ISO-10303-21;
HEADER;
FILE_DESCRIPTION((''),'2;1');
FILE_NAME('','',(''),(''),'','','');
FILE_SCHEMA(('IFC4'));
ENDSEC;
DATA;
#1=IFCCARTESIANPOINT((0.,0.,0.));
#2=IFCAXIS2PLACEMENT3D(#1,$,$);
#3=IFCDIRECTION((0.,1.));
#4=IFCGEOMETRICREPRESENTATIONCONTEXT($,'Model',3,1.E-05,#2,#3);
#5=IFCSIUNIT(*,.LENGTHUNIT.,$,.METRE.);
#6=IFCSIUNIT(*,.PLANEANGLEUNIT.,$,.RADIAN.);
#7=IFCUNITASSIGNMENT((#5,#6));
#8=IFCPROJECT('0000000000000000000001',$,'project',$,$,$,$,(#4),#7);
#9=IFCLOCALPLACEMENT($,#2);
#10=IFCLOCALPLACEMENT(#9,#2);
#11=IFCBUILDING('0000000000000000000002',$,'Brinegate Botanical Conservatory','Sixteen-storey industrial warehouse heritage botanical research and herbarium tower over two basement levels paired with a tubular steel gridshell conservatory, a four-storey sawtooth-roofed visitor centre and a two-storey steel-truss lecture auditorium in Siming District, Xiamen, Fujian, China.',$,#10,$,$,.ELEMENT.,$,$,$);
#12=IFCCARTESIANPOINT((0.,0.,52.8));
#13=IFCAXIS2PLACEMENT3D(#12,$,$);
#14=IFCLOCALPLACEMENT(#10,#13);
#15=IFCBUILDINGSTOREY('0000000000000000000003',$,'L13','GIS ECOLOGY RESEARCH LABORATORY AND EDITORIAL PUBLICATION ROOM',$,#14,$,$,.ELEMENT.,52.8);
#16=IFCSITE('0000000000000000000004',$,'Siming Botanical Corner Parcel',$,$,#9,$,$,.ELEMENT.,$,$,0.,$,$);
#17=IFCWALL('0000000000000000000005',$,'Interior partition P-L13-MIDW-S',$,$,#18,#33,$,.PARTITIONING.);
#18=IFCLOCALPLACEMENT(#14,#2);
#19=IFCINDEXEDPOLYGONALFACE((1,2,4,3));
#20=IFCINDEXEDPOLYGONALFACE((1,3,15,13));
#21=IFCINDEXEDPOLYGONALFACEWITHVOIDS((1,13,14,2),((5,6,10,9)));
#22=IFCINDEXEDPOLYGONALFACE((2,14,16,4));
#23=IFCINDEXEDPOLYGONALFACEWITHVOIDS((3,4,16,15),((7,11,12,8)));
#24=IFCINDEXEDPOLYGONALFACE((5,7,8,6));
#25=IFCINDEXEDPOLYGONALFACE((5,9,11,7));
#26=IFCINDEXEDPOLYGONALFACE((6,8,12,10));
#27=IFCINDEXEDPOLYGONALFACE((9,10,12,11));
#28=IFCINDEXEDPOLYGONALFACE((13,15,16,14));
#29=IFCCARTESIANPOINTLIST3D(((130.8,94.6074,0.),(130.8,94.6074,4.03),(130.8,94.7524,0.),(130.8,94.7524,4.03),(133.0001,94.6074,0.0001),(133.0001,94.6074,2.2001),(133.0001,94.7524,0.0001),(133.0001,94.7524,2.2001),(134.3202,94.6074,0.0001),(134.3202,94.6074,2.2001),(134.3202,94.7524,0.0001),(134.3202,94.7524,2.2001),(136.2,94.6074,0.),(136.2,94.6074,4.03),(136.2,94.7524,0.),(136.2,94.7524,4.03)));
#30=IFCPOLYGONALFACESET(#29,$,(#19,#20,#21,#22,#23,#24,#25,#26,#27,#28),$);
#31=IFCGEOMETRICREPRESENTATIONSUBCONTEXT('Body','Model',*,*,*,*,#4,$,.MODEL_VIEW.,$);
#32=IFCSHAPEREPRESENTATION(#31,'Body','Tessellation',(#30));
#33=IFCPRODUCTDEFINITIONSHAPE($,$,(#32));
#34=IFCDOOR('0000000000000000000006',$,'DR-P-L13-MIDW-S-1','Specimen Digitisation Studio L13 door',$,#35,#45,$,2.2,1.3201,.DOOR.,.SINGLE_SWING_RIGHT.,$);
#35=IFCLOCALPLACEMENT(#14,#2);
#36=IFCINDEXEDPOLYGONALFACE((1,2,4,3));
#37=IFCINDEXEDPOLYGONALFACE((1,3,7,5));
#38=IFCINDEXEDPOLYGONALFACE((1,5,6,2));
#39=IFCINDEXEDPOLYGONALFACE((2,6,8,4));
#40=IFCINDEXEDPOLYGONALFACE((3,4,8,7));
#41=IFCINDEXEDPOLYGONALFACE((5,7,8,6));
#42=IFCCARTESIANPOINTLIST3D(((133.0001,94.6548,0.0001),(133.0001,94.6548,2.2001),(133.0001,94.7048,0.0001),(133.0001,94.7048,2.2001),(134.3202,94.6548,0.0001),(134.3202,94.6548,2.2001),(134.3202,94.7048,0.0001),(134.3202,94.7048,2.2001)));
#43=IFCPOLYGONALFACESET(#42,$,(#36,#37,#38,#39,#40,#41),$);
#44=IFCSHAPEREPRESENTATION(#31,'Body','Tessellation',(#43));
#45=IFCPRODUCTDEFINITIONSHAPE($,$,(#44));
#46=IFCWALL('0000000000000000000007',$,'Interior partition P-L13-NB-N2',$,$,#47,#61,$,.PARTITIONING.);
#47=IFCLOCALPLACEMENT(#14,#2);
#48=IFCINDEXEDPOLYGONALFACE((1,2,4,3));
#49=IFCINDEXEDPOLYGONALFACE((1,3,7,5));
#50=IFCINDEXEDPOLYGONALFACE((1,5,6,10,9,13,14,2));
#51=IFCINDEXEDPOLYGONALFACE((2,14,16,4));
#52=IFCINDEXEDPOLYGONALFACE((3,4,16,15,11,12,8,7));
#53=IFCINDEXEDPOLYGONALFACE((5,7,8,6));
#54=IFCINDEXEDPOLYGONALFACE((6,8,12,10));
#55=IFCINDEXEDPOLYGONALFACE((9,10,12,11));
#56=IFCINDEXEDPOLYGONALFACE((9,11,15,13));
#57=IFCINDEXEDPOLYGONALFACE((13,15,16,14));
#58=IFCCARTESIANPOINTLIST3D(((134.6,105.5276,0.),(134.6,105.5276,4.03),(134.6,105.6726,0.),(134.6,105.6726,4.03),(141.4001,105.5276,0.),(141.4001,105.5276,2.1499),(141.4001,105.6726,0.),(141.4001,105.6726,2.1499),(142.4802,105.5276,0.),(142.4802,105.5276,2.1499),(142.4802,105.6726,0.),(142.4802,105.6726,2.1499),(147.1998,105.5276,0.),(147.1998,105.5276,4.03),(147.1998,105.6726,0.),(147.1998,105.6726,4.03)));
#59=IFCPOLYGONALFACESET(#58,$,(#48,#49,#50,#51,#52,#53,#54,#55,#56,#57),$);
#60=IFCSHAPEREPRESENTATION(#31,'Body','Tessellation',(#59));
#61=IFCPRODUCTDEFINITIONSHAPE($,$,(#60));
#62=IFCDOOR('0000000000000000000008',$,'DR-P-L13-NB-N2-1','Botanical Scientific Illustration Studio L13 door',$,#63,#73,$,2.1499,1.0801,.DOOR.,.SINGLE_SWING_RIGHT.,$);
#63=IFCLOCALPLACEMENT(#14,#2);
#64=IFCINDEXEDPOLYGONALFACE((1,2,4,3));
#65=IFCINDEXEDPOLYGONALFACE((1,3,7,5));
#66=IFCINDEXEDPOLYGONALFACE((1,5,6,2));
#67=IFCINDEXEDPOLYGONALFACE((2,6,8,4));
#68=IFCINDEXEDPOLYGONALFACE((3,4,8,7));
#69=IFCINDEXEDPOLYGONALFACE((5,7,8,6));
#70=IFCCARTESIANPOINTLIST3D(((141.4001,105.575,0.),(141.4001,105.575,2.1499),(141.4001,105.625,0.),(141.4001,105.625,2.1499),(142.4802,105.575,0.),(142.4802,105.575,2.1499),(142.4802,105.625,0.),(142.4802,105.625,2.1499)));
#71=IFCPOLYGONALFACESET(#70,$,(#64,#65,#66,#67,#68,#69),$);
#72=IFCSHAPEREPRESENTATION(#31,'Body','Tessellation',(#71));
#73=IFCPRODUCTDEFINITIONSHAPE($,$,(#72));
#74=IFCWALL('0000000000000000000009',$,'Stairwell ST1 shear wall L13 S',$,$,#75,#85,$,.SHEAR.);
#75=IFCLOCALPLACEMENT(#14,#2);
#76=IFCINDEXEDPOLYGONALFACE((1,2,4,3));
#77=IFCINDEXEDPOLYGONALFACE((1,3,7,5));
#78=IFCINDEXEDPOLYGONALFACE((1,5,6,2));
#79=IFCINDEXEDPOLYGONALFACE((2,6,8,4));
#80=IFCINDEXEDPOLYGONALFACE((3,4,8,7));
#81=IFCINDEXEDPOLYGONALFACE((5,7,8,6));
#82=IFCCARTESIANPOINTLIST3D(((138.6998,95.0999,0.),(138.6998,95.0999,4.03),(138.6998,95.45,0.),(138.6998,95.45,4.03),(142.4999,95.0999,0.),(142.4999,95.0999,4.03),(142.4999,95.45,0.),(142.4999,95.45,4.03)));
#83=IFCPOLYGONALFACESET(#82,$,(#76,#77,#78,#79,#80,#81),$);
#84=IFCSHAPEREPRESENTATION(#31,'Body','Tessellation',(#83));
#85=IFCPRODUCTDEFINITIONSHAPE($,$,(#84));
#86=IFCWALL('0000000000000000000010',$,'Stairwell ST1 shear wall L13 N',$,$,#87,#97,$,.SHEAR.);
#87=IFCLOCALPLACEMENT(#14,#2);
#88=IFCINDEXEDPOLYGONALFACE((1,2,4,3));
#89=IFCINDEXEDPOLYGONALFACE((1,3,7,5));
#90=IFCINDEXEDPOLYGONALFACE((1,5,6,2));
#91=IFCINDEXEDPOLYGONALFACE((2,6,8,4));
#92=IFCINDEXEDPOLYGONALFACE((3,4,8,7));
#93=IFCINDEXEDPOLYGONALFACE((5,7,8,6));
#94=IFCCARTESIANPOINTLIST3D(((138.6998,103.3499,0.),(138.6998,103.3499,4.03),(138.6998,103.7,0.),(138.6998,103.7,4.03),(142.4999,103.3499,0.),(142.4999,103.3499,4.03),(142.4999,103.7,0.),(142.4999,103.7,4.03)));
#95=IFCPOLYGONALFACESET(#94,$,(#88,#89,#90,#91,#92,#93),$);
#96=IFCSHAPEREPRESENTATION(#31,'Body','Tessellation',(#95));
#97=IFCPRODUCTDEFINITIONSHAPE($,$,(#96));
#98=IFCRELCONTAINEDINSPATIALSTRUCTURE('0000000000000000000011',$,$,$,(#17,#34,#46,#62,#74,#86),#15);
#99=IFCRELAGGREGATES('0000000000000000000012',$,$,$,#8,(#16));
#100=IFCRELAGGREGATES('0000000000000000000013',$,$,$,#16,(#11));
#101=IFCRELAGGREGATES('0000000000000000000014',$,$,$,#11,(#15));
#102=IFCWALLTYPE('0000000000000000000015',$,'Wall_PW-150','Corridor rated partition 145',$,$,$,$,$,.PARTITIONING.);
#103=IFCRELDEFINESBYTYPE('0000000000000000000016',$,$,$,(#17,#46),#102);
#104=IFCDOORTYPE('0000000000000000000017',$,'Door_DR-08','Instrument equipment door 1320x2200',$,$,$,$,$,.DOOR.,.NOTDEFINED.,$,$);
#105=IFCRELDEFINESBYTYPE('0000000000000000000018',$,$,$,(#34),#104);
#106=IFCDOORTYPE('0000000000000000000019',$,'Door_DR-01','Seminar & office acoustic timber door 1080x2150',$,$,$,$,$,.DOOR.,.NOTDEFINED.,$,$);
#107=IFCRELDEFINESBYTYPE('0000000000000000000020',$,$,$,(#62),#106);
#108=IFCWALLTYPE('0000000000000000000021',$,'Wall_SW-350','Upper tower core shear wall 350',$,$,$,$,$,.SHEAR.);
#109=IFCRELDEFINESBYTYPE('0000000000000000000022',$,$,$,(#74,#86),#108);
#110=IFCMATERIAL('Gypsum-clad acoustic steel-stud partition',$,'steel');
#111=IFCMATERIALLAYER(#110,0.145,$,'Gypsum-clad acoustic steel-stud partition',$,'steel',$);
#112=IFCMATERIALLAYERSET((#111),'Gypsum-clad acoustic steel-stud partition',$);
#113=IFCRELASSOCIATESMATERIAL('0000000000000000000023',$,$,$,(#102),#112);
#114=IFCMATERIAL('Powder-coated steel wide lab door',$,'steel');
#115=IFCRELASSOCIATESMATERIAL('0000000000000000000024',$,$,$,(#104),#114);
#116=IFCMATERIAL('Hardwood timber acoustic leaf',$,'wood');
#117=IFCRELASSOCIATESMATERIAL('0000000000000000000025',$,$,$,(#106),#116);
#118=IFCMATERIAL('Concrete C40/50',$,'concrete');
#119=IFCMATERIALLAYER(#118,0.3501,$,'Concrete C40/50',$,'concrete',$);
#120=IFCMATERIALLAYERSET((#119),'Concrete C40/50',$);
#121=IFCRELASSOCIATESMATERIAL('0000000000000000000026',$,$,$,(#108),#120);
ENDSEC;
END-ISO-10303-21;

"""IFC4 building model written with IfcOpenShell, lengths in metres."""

from ifc_helpers import new_model, si_unit, direction, frame, frame_2d, origin, place, context, subcontext, project, spatial, rectangle, extrude, material, layer, layer_set, type_object, element, fill, save


model = new_model("IFC4")

# Units and contexts
model_context = context("Model", 3, precision=1e-05, world=origin(), true_north=direction((0.0, 1.0)))
body_context = subcontext(model_context, "Body", "Model", "MODEL_VIEW")
ifc_project = project(units=[si_unit("LENGTHUNIT", "METRE"), si_unit("PLANEANGLEUNIT", "RADIAN")], contexts=[model_context])

# Site, building, storey
site_placement = place(None, origin())
site = spatial("IfcSite", under=ifc_project, at=site_placement, Name="Siming Botanical Corner Parcel", CompositionType="ELEMENT", RefElevation=0.0)
building_placement = place(site_placement, origin())
building = spatial("IfcBuilding", under=site, at=building_placement, Name="Brinegate Botanical Conservatory", Description="Sixteen-storey industrial warehouse heritage botanical research and herbarium tower over two basement levels paired with a tubular steel gridshell conservatory, a four-storey sawtooth-roofed visitor centre and a two-storey steel-truss lecture auditorium in Siming District, Xiamen, Fujian, China.", CompositionType="ELEMENT")
storey_placement = place(building_placement, frame((0.0, 0.0, 52.8)))
storey = spatial("IfcBuildingStorey", under=building, at=storey_placement, Name="L13", Description="GIS ECOLOGY RESEARCH LABORATORY AND EDITORIAL PUBLICATION ROOM", CompositionType="ELEMENT", Elevation=52.8)

# Shared definitions
ifc_material_1 = material(Name="Concrete C40/50", Category="concrete")

# Walls, openings, doors
ifc_material_2 = material(Name="Gypsum-clad acoustic steel-stud partition", Category="steel")
ifc_layer_1 = layer(ifc_material_2, 0.145, Name="Gypsum-clad acoustic steel-stud partition", Category="steel")
ifc_layer_set_1 = layer_set([ifc_layer_1], Name="Gypsum-clad acoustic steel-stud partition")
wall_type_1 = type_object("IfcWallType", Name="Wall_PW-150", Description="Corridor rated partition 145", PredefinedType="PARTITIONING", material=ifc_layer_set_1)
wall_1_placement = place(storey_placement, frame((130.8, 94.6799, 0.0), z_axis=(0.0, 0.0, 1.0), x_axis=(1.0, 0.0, 0.0)))
wall_1 = element("IfcWall", 1, at=wall_1_placement, inside=storey, type_object=wall_type_1, Name="Interior partition P-L13-MIDW-S", PredefinedType="PARTITIONING", context=body_context, shape_type="SweptSolid", body=[
    extrude(rectangle(XDim=5.3999, YDim=0.145, at=frame_2d((2.7, 0.0))), origin(), (0.0, 0.0, 1.0), 4.03),
])
opening_1_placement = place(wall_1_placement, frame((2.2, 0.0, 0.0)))
opening_1 = element("IfcOpeningElement", 2, at=opening_1_placement, cuts=wall_1, PredefinedType="OPENING", context=body_context, shape_type="SweptSolid", body=[
    extrude(rectangle(XDim=1.3201, YDim=2.2, at=frame_2d((0.6602, 1.1001))), frame((0.0, 0.0825, 0.0), z_axis=(0.0, -1.0, 0.0), x_axis=(1.0, 0.0, 0.0)), (0.0, 0.0, 1.0), 0.165),
])
ifc_material_3 = material(Name="Powder-coated steel wide lab door", Category="steel")
door_type_1 = type_object("IfcDoorType", Name="Door_DR-08", Description="Instrument equipment door 1320x2200", OperationType="NOTDEFINED", PredefinedType="DOOR", material=ifc_material_3)
door_1_placement = place(opening_1_placement, origin())
door_1 = element("IfcDoor", 3, at=door_1_placement, inside=storey, type_object=door_type_1, Name="DR-P-L13-MIDW-S-1", Description="Specimen Digitisation Studio L13 door", OperationType="SINGLE_SWING_RIGHT", OverallHeight=2.2, OverallWidth=1.3201, PredefinedType="DOOR", context=body_context, shape_type="SweptSolid", body=[
    extrude(rectangle(XDim=1.3201, YDim=2.2, at=frame_2d((0.6602, 1.1001))), frame((0.0, 0.0249, 0.0), z_axis=(0.0, -1.0, 0.0), x_axis=(1.0, 0.0, 0.0)), (0.0, 0.0, 1.0), 0.05),
])
fill(opening_1, door_1)
wall_2_placement = place(storey_placement, frame((134.6001, 105.6001, 0.0), z_axis=(0.0, 0.0, 1.0), x_axis=(1.0, 0.0, 0.0)))
wall_2 = element("IfcWall", 4, at=wall_2_placement, inside=storey, type_object=wall_type_1, Name="Interior partition P-L13-NB-N2", PredefinedType="PARTITIONING", context=body_context, shape_type="SweptSolid", body=[
    extrude(rectangle(XDim=12.5999, YDim=0.145, at=frame_2d((6.2998, 0.0))), origin(), (0.0, 0.0, 1.0), 4.03),
])
opening_2_placement = place(wall_2_placement, frame((6.8, 0.0, 0.0)))
opening_2 = element("IfcOpeningElement", 5, at=opening_2_placement, cuts=wall_2, PredefinedType="OPENING", context=body_context, shape_type="SweptSolid", body=[
    extrude(rectangle(XDim=1.0801, YDim=2.1499, at=frame_2d((0.54, 1.075))), frame((0.0, 0.0825, 0.0), z_axis=(0.0, -1.0, 0.0), x_axis=(1.0, 0.0, 0.0)), (0.0, 0.0, 1.0), 0.165),
])
ifc_material_4 = material(Name="Hardwood timber acoustic leaf", Category="wood")
door_type_2 = type_object("IfcDoorType", Name="Door_DR-01", Description="Seminar & office acoustic timber door 1080x2150", OperationType="NOTDEFINED", PredefinedType="DOOR", material=ifc_material_4)
door_2_placement = place(opening_2_placement, origin())
door_2 = element("IfcDoor", 6, at=door_2_placement, inside=storey, type_object=door_type_2, Name="DR-P-L13-NB-N2-1", Description="Botanical Scientific Illustration Studio L13 door", OperationType="SINGLE_SWING_RIGHT", OverallHeight=2.1499, OverallWidth=1.0801, PredefinedType="DOOR", context=body_context, shape_type="SweptSolid", body=[
    extrude(rectangle(XDim=1.0801, YDim=2.1499, at=frame_2d((0.54, 1.075))), frame((0.0, 0.0249, 0.0), z_axis=(0.0, -1.0, 0.0), x_axis=(1.0, 0.0, 0.0)), (0.0, 0.0, 1.0), 0.05),
])
fill(opening_2, door_2)

# Walls
ifc_layer_2 = layer(ifc_material_1, 0.3501, Name="Concrete C40/50", Category="concrete")
ifc_layer_set_2 = layer_set([ifc_layer_2], Name="Concrete C40/50")
wall_type_2 = type_object("IfcWallType", Name="Wall_SW-350", Description="Upper tower core shear wall 350", PredefinedType="SHEAR", material=ifc_layer_set_2)
for number, where, z_axis, x_axis, name in (
    (7, (138.7, 95.2749, 0.0), (0.0, 0.0, 1.0), (1.0, 0.0, 0.0), "Stairwell ST1 shear wall L13 S"),
    (8, (138.7, 103.5249, 0.0), (0.0, 0.0, 1.0), (1.0, 0.0, 0.0), "Stairwell ST1 shear wall L13 N"),
):
    element("IfcWall", number, at=place(storey_placement, frame(where, z_axis=z_axis, x_axis=x_axis)), inside=storey, type_object=wall_type_2, Name=name, PredefinedType="SHEAR", context=body_context, shape_type="SweptSolid", body=[
        extrude(rectangle(XDim=3.8, YDim=0.3501, at=frame_2d((1.8999, 0.0))), origin(), (0.0, 0.0, 1.0), 4.03),
    ])

save(model, "model.ifc")
